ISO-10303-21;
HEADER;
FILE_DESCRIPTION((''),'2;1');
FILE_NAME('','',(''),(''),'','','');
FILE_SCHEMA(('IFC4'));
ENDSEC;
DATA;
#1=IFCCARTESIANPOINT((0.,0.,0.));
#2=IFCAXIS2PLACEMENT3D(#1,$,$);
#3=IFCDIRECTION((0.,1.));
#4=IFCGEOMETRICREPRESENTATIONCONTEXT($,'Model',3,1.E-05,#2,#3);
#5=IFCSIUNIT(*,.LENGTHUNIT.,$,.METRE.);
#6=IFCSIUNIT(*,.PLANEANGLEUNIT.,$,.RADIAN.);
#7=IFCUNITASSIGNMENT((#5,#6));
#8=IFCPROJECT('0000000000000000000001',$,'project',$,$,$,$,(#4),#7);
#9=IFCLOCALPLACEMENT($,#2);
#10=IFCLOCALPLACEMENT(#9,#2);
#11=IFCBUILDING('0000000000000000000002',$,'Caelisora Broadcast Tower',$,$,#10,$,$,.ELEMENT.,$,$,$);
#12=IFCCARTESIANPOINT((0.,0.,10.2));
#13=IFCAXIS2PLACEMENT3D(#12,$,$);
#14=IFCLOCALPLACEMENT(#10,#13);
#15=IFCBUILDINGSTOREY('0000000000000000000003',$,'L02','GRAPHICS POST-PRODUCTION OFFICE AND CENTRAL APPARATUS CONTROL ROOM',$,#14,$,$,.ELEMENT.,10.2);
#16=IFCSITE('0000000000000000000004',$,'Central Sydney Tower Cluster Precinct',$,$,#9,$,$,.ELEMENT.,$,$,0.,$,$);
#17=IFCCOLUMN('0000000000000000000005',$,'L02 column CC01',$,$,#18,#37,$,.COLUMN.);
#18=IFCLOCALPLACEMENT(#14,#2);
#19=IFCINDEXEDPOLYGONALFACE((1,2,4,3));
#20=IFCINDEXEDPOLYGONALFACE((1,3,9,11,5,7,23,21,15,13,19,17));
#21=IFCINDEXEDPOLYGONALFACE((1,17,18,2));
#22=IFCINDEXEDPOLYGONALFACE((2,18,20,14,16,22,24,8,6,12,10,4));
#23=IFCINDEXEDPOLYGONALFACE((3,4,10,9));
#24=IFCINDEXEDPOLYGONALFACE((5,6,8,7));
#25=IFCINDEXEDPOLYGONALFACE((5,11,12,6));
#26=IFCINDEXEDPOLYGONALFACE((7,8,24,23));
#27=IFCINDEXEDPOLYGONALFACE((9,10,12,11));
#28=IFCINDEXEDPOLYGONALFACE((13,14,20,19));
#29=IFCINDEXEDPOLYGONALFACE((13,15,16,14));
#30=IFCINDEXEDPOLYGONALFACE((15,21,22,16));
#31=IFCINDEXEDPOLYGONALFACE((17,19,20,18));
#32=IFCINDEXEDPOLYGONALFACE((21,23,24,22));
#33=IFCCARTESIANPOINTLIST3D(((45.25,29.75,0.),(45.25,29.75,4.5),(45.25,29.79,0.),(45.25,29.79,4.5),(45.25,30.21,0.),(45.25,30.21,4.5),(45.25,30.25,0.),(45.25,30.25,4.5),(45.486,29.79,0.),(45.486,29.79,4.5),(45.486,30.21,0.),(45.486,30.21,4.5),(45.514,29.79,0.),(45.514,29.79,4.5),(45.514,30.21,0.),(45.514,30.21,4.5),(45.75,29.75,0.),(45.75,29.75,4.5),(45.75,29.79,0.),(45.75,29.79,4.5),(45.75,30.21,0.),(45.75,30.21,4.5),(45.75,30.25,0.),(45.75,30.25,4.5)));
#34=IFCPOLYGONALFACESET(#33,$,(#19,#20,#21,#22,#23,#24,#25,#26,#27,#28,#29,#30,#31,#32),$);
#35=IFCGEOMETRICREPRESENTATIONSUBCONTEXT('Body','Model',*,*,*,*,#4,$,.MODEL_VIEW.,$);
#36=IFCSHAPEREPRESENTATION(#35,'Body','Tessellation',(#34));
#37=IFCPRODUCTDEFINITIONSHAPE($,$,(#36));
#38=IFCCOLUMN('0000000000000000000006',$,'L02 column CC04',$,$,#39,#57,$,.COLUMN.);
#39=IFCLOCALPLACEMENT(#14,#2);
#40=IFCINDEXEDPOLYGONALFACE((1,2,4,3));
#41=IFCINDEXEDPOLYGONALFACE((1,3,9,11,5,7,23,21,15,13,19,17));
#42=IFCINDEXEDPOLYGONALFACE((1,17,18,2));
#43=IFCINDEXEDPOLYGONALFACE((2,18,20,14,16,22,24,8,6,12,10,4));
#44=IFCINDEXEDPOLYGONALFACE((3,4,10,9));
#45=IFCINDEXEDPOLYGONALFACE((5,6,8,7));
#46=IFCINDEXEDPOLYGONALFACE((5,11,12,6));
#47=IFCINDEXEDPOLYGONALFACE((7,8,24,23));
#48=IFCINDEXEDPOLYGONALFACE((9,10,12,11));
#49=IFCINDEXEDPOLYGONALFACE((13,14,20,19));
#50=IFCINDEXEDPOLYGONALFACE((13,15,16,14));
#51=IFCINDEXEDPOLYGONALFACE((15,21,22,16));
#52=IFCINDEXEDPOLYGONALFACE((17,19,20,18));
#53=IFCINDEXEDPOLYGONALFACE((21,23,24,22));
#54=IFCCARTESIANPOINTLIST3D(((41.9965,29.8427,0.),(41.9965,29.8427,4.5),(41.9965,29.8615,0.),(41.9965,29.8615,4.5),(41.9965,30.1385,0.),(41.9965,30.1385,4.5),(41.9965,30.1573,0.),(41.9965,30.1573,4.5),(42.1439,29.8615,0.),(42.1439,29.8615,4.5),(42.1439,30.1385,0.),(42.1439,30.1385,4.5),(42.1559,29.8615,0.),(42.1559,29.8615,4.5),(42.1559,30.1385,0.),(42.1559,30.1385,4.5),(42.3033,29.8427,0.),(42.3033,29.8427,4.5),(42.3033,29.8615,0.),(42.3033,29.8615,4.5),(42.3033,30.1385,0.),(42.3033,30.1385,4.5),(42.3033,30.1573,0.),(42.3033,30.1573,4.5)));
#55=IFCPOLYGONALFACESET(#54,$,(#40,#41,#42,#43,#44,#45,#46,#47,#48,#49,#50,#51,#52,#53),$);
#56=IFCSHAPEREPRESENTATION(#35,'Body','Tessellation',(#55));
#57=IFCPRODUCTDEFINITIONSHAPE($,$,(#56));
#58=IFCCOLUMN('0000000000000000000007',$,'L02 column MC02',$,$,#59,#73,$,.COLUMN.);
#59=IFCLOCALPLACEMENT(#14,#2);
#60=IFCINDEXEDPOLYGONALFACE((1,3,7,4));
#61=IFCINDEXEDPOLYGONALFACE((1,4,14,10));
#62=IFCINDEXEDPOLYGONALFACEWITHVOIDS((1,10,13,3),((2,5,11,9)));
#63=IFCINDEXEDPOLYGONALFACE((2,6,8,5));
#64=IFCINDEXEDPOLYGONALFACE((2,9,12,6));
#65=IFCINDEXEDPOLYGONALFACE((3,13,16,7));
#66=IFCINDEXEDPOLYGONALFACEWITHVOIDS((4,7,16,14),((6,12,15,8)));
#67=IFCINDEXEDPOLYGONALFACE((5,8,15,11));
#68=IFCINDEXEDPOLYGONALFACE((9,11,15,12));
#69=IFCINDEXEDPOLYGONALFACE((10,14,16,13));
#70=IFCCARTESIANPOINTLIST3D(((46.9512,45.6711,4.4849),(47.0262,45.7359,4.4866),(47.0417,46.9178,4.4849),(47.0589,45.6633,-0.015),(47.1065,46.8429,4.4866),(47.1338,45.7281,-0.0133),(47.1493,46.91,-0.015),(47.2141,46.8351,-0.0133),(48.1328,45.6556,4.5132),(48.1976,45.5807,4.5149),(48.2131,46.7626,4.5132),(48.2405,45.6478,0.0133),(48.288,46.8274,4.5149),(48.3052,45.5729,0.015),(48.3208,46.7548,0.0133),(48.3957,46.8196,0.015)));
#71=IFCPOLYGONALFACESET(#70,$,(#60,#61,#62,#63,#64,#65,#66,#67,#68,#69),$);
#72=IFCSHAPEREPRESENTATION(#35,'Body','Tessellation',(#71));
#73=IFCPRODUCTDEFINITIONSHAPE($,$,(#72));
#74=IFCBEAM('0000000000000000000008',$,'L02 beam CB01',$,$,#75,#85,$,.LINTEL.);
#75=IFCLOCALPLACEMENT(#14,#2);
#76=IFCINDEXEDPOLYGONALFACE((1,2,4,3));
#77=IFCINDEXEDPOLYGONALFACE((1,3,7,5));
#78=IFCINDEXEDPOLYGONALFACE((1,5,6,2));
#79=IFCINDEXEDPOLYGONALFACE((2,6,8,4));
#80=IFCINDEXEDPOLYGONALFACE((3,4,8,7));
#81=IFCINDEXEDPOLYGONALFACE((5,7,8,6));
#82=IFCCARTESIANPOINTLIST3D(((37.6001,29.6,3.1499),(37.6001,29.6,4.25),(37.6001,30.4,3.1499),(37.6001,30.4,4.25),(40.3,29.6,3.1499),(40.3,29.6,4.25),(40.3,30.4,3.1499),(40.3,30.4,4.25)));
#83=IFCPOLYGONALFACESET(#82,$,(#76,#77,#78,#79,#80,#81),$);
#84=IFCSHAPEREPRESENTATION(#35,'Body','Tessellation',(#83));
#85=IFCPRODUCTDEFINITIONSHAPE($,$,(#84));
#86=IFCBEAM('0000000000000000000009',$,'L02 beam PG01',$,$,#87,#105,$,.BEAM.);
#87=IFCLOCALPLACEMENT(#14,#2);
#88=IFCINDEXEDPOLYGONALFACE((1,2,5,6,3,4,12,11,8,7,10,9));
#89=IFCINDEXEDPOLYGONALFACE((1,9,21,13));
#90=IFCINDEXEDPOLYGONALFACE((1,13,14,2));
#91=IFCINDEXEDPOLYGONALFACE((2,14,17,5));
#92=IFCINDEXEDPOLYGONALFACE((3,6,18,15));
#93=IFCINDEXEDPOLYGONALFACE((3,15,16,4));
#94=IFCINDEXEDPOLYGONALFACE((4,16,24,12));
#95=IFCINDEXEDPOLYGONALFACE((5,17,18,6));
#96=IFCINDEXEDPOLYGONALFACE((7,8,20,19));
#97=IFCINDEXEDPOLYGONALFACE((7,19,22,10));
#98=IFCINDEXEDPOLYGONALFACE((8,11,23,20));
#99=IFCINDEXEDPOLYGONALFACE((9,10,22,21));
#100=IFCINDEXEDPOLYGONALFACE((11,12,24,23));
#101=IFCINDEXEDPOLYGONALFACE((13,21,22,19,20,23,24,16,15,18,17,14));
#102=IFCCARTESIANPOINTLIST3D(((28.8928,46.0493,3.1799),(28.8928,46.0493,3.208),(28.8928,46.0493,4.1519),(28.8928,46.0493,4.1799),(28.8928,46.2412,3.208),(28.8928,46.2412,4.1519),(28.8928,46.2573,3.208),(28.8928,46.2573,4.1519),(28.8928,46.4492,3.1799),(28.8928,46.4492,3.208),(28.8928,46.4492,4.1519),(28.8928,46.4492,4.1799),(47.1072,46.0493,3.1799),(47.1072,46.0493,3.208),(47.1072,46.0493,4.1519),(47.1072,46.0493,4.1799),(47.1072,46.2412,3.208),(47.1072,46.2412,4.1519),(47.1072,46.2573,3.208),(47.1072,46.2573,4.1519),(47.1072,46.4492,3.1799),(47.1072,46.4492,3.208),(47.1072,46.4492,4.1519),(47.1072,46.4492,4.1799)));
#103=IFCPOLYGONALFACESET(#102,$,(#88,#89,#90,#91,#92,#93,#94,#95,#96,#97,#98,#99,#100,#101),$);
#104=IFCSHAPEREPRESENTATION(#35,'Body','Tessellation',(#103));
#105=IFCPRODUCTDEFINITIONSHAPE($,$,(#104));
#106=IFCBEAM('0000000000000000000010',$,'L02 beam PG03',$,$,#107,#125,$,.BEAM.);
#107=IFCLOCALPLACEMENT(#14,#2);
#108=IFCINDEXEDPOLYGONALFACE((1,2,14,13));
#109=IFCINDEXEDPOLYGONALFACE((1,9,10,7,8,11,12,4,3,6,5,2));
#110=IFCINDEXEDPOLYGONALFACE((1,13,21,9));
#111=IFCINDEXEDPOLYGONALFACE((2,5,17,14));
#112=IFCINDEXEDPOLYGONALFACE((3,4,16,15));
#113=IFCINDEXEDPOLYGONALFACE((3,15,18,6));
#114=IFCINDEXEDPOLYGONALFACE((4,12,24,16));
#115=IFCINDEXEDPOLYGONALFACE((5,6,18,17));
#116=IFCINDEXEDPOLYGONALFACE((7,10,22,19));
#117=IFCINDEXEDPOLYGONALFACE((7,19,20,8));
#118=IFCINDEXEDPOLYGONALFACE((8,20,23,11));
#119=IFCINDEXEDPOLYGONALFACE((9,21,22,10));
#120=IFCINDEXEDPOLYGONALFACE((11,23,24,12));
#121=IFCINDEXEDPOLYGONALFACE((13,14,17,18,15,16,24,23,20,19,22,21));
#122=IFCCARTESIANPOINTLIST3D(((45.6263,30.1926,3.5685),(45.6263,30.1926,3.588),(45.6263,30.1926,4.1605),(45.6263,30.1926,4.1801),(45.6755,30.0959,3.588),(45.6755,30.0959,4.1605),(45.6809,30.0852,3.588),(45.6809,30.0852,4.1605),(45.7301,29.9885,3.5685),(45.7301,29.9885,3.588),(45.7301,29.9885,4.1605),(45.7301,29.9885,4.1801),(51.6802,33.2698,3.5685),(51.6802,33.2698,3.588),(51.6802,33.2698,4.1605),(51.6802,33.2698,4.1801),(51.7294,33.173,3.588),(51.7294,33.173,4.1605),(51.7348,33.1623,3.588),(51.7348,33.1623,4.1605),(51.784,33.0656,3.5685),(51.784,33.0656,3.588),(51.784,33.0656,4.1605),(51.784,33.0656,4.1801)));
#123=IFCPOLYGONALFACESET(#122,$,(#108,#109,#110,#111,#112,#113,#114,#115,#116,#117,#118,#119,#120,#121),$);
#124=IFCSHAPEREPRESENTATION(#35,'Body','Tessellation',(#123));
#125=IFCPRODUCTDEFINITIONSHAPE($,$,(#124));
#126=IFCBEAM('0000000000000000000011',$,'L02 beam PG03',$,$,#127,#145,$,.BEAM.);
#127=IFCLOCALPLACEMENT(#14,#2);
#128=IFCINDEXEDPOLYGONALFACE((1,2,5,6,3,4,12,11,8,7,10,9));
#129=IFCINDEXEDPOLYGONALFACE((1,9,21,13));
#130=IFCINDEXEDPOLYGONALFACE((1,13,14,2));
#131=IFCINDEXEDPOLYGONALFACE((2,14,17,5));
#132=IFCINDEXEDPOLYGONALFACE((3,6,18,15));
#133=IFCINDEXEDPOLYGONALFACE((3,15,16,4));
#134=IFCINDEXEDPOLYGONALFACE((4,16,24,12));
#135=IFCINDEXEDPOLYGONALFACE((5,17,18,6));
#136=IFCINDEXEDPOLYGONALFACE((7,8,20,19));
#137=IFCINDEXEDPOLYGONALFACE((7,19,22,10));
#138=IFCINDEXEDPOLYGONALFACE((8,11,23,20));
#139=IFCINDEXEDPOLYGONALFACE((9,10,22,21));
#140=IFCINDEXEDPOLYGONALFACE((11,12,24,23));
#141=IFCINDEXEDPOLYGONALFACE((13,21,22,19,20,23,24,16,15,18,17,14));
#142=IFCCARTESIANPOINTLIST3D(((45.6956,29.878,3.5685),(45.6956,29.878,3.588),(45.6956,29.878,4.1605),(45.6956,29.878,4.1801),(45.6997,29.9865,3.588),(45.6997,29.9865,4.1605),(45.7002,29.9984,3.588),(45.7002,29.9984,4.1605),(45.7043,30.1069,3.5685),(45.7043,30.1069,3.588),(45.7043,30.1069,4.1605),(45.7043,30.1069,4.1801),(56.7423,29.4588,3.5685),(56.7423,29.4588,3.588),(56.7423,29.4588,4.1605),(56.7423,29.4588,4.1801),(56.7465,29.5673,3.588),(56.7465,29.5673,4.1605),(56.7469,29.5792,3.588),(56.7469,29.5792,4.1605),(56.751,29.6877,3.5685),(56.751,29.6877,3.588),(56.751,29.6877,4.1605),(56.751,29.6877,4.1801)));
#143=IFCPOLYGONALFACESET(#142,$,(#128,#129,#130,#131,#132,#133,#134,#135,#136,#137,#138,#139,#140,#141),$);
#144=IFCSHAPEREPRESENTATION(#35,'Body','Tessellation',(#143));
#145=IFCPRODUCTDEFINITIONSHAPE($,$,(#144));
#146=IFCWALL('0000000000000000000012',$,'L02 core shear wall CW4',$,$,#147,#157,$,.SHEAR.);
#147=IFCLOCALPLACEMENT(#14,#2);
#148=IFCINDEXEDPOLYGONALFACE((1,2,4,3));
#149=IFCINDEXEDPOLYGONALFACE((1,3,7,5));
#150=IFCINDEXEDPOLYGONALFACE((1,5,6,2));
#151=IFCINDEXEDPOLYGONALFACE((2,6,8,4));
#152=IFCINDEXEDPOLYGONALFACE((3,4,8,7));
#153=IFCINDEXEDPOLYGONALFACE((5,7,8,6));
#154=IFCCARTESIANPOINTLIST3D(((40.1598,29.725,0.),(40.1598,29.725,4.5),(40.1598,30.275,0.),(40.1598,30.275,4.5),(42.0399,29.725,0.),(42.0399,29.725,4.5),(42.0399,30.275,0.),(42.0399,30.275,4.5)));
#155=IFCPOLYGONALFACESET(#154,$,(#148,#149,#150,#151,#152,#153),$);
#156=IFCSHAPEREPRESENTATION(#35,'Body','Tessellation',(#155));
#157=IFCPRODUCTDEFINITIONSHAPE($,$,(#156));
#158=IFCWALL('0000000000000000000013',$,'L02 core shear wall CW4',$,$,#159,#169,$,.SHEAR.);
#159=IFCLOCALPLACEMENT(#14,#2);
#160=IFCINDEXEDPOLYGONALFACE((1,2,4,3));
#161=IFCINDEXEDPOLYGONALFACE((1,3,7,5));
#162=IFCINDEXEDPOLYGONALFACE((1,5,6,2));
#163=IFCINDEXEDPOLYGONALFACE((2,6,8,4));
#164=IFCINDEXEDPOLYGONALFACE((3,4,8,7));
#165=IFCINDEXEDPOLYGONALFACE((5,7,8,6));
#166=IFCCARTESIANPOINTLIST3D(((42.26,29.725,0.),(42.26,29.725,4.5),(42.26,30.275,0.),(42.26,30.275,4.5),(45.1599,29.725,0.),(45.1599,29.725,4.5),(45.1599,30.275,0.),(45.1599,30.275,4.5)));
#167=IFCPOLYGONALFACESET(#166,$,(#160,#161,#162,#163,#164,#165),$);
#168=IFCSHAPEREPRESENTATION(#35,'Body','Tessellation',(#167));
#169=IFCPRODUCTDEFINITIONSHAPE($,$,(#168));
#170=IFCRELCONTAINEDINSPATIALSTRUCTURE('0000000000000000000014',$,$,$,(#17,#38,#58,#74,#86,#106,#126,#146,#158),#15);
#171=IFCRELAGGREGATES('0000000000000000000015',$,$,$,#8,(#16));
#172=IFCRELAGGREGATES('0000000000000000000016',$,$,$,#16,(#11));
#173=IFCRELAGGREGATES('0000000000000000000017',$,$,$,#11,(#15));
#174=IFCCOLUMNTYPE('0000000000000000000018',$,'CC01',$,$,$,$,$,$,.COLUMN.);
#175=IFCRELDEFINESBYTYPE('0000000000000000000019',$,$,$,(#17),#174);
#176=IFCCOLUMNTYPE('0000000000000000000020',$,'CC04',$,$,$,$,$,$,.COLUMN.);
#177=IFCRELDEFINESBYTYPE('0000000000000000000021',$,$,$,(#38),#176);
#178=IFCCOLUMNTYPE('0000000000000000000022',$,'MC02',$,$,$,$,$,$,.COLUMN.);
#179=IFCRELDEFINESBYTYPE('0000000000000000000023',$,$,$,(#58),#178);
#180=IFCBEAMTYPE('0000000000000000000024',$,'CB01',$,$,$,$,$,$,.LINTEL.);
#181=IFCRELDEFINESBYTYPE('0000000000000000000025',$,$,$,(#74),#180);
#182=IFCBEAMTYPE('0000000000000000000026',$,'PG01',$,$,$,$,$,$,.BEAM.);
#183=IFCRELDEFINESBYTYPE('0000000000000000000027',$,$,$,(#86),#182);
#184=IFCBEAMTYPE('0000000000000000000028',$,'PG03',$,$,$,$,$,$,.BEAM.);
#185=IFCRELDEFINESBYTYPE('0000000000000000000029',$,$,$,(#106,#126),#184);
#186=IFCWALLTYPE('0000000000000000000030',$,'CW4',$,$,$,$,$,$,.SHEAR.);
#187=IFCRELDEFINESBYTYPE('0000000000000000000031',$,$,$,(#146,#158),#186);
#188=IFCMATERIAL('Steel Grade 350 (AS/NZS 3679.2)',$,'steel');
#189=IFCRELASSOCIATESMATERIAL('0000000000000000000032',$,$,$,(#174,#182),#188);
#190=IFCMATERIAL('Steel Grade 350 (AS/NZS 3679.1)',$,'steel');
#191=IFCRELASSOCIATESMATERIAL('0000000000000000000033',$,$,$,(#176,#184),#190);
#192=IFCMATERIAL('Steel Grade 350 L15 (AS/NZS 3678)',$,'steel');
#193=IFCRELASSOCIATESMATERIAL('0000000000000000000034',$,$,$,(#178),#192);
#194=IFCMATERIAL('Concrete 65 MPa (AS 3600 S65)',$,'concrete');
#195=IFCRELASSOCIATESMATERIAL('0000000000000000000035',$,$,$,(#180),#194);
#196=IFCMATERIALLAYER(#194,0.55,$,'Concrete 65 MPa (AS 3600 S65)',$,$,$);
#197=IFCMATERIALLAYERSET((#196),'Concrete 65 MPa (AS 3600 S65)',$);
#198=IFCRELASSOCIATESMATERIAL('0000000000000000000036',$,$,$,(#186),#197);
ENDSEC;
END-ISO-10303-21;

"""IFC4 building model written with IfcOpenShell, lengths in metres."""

from ifc_helpers import new_model, si_unit, direction, frame, frame_2d, origin, origin_2d, place, context, subcontext, project, spatial, rectangle, hollow_rectangle, i_section, extrude, source, transform, mapped, material, layer, layer_set, material_profile, profile_set, type_object, type_shapes, element, save


model = new_model("IFC4")

# Units and contexts
model_context = context("Model", 3, precision=1e-05, world=origin(), true_north=direction((0.0, 1.0)))
body_context = subcontext(model_context, "Body", "Model", "MODEL_VIEW")
ifc_project = project(units=[si_unit("LENGTHUNIT", "METRE"), si_unit("PLANEANGLEUNIT", "RADIAN")], contexts=[model_context])

# Site, building, storey
site_placement = place(None, origin())
site = spatial("IfcSite", under=ifc_project, at=site_placement, Name="Central Sydney Tower Cluster Precinct", CompositionType="ELEMENT", RefElevation=0.0)
building_placement = place(site_placement, origin())
building = spatial("IfcBuilding", under=site, at=building_placement, Name="Caelisora Broadcast Tower", CompositionType="ELEMENT")
storey_placement = place(building_placement, frame((0.0, 0.0, 10.2)))
storey = spatial("IfcBuildingStorey", under=building, at=storey_placement, Name="L02", Description="GRAPHICS POST-PRODUCTION OFFICE AND CENTRAL APPARATUS CONTROL ROOM", CompositionType="ELEMENT", Elevation=10.2)

# Columns
ifc_material_1 = material(Name="Steel Grade 350 (AS/NZS 3679.2)", Category="steel")
ifc_material_profile_1 = material_profile(ifc_material_1, i_section(OverallWidth=0.5, OverallDepth=0.5, WebThickness=0.0281, FlangeThickness=0.04, at=origin_2d()), Name="Steel Grade 350 (AS/NZS 3679.2)")
ifc_profile_set_1 = profile_set([ifc_material_profile_1], Name="Steel Grade 350 (AS/NZS 3679.2)")
column_type_1 = type_object("IfcColumnType", Name="CC01", PredefinedType="COLUMN", material=ifc_profile_set_1)
shared_shape_1 = source(origin(), body_context, "Body", "SweptSolid", [
    extrude(i_section(OverallWidth=0.5, OverallDepth=0.5, WebThickness=0.0281, FlangeThickness=0.04, at=origin_2d()), origin(), (0.0, 0.0, 1.0), 4.5),
])
type_shapes(column_type_1, [shared_shape_1])
column_1_placement = place(storey_placement, frame((45.5, 30.0, 0.0), z_axis=(0.0, 0.0, 1.0), x_axis=(1.0, 0.0, 0.0)))
element("IfcColumn", 1, at=column_1_placement, inside=storey, type_object=column_type_1, Name="L02 column CC01", PredefinedType="COLUMN", context=body_context, shape_type="MappedRepresentation", body=[
    mapped(shared_shape_1, transform((0.0, 0.0, 0.0), scale=1.0)),
])
ifc_material_2 = material(Name="Steel Grade 350 (AS/NZS 3679.1)", Category="steel")
ifc_material_profile_2 = material_profile(ifc_material_2, i_section(OverallWidth=0.3069, OverallDepth=0.3147, WebThickness=0.012, FlangeThickness=0.0188, at=origin_2d()), Name="Steel Grade 350 (AS/NZS 3679.1)")
ifc_profile_set_2 = profile_set([ifc_material_profile_2], Name="Steel Grade 350 (AS/NZS 3679.1)")
column_type_2 = type_object("IfcColumnType", Name="CC04", PredefinedType="COLUMN", material=ifc_profile_set_2)
shared_shape_2 = source(origin(), body_context, "Body", "SweptSolid", [
    extrude(i_section(OverallWidth=0.3069, OverallDepth=0.3147, WebThickness=0.012, FlangeThickness=0.0188, at=origin_2d()), origin(), (0.0, 0.0, 1.0), 4.5),
])
type_shapes(column_type_2, [shared_shape_2])
column_2_placement = place(storey_placement, frame((42.1499, 30.0, 0.0), z_axis=(0.0, 0.0, 1.0), x_axis=(1.0, 0.0, 0.0)))
element("IfcColumn", 2, at=column_2_placement, inside=storey, type_object=column_type_2, Name="L02 column CC04", PredefinedType="COLUMN", context=body_context, shape_type="MappedRepresentation", body=[
    mapped(shared_shape_2, transform((0.0, 0.0, 0.0), scale=1.0)),
])
ifc_material_3 = material(Name="Steel Grade 350 L15 (AS/NZS 3678)", Category="steel")
ifc_material_profile_3 = material_profile(ifc_material_3, hollow_rectangle(XDim=1.25, YDim=1.25, WallThickness=0.0701, at=origin_2d()), Name="Steel Grade 350 L15 (AS/NZS 3678)")
ifc_profile_set_3 = profile_set([ifc_material_profile_3], Name="Steel Grade 350 L15 (AS/NZS 3678)")
column_type_3 = type_object("IfcColumnType", Name="MC02", PredefinedType="COLUMN", material=ifc_profile_set_3)
shared_shape_3 = source(origin(), body_context, "Body", "SweptSolid", [
    extrude(hollow_rectangle(XDim=1.25, YDim=1.25, WallThickness=0.0701, at=origin_2d()), origin(), (0.0, 0.0, 1.0), 4.5012),
])
type_shapes(column_type_3, [shared_shape_3])
column_3_placement = place(storey_placement, frame((47.7273, 46.2415, 0.0), z_axis=(-0.023919, 0.001736, 0.999712), x_axis=(-0.072372, -0.997378, 0.0)))
element("IfcColumn", 3, at=column_3_placement, inside=storey, type_object=column_type_3, Name="L02 column MC02", PredefinedType="COLUMN", context=body_context, shape_type="MappedRepresentation", body=[
    mapped(shared_shape_3, transform((0.0, 0.0, 0.0), scale=1.0)),
])

# Beams
ifc_material_4 = material(Name="Concrete 65 MPa (AS 3600 S65)", Category="concrete")
ifc_material_profile_4 = material_profile(ifc_material_4, rectangle(XDim=0.8, YDim=1.1001, at=origin_2d()), Name="Concrete 65 MPa (AS 3600 S65)")
ifc_profile_set_4 = profile_set([ifc_material_profile_4], Name="Concrete 65 MPa (AS 3600 S65)")
beam_type_1 = type_object("IfcBeamType", Name="CB01", PredefinedType="LINTEL", material=ifc_profile_set_4)
shared_shape_4 = source(origin(), body_context, "Body", "SweptSolid", [
    extrude(rectangle(XDim=0.8, YDim=1.1001, at=origin_2d()), origin(), (0.0, 0.0, 1.0), 2.7),
])
type_shapes(beam_type_1, [shared_shape_4])
beam_1_placement = place(storey_placement, frame((37.6001, 30.0, 3.7), z_axis=(1.0, 0.0, 0.0), x_axis=(0.0, 1.0, 0.0)))
element("IfcBeam", 4, at=beam_1_placement, inside=storey, type_object=beam_type_1, Name="L02 beam CB01", PredefinedType="LINTEL", context=body_context, shape_type="MappedRepresentation", body=[
    mapped(shared_shape_4, transform((0.0, 0.0, 0.0), scale=1.0)),
])
ifc_material_profile_5 = material_profile(ifc_material_1, i_section(OverallWidth=0.3999, OverallDepth=1.0, WebThickness=0.0161, FlangeThickness=0.0281, at=origin_2d()), Name="Steel Grade 350 (AS/NZS 3679.2)")
ifc_profile_set_5 = profile_set([ifc_material_profile_5], Name="Steel Grade 350 (AS/NZS 3679.2)")
beam_type_2 = type_object("IfcBeamType", Name="PG01", PredefinedType="BEAM", material=ifc_profile_set_5)
shared_shape_5 = source(origin(), body_context, "Body", "SweptSolid", [
    extrude(i_section(OverallWidth=0.3999, OverallDepth=1.0, WebThickness=0.0161, FlangeThickness=0.0281, at=origin_2d()), origin(), (0.0, 0.0, 1.0), 18.2144),
])
type_shapes(beam_type_2, [shared_shape_5])
beam_2_placement = place(storey_placement, frame((47.1072, 46.2493, 3.6799), z_axis=(-1.0, 0.0, 0.0), x_axis=(0.0, -1.0, 0.0)))
element("IfcBeam", 5, at=beam_2_placement, inside=storey, type_object=beam_type_2, Name="L02 beam PG01", PredefinedType="BEAM", context=body_context, shape_type="MappedRepresentation", body=[
    mapped(shared_shape_5, transform((0.0, 0.0, 0.0), scale=1.0)),
])
ifc_material_profile_6 = material_profile(ifc_material_2, i_section(OverallWidth=0.229, OverallDepth=0.6116, WebThickness=0.012, FlangeThickness=0.0195, at=origin_2d()), Name="Steel Grade 350 (AS/NZS 3679.1)")
ifc_profile_set_6 = profile_set([ifc_material_profile_6], Name="Steel Grade 350 (AS/NZS 3679.1)")
beam_type_3 = type_object("IfcBeamType", Name="PG03", PredefinedType="BEAM", material=ifc_profile_set_6)
shared_shape_6 = source(origin(), body_context, "Body", "SweptSolid", [
    extrude(i_section(OverallWidth=0.229, OverallDepth=0.6116, WebThickness=0.012, FlangeThickness=0.0195, at=origin_2d()), origin(), (0.0, 0.0, 1.0), 6.791),
])
beam_3_placement = place(storey_placement, frame((45.6782, 30.0906, 3.8743), z_axis=(0.891453, 0.453114, 0.0), x_axis=(-0.453114, 0.891453, 0.0)))
element("IfcBeam", 6, at=beam_3_placement, inside=storey, type_object=beam_type_3, Name="L02 beam PG03", PredefinedType="BEAM", context=body_context, shape_type="MappedRepresentation", body=[
    mapped(shared_shape_6, transform((0.0, 0.0, 0.0), scale=1.0)),
])
shared_shape_7 = source(origin(), body_context, "Body", "SweptSolid", [
    extrude(i_section(OverallWidth=0.229, OverallDepth=0.6116, WebThickness=0.012, FlangeThickness=0.0195, at=origin_2d()), origin(), (0.0, 0.0, 1.0), 11.0547),
])
type_shapes(beam_type_3, [shared_shape_6, shared_shape_7])
beam_4_placement = place(storey_placement, frame((45.7, 29.9924, 3.8743), z_axis=(0.999281, -0.03792, 0.0), x_axis=(0.03792, 0.999281, 0.0)))
element("IfcBeam", 7, at=beam_4_placement, inside=storey, type_object=beam_type_3, Name="L02 beam PG03", PredefinedType="BEAM", context=body_context, shape_type="MappedRepresentation", body=[
    mapped(shared_shape_7, transform((0.0, 0.0, 0.0), scale=1.0)),
])

# Walls
ifc_layer_1 = layer(ifc_material_4, 0.55, Name="Concrete 65 MPa (AS 3600 S65)")
ifc_layer_set_1 = layer_set([ifc_layer_1], Name="Concrete 65 MPa (AS 3600 S65)")
wall_type_1 = type_object("IfcWallType", Name="CW4", PredefinedType="SHEAR", material=ifc_layer_set_1)
wall_1_placement = place(storey_placement, frame((40.1599, 30.0, 0.0), z_axis=(0.0, 0.0, 1.0), x_axis=(1.0, 0.0, 0.0)))
element("IfcWall", 8, at=wall_1_placement, inside=storey, type_object=wall_type_1, Name="L02 core shear wall CW4", PredefinedType="SHEAR", context=body_context, shape_type="SweptSolid", body=[
    extrude(rectangle(XDim=1.8801, YDim=0.55, at=frame_2d((0.9399, 0.0))), origin(), (0.0, 0.0, 1.0), 4.5),
])
wall_2_placement = place(storey_placement, frame((42.26, 30.0, 0.0), z_axis=(0.0, 0.0, 1.0), x_axis=(1.0, 0.0, 0.0)))
element("IfcWall", 9, at=wall_2_placement, inside=storey, type_object=wall_type_1, Name="L02 core shear wall CW4", PredefinedType="SHEAR", context=body_context, shape_type="SweptSolid", body=[
    extrude(rectangle(XDim=2.8999, YDim=0.55, at=frame_2d((1.45, 0.0))), origin(), (0.0, 0.0, 1.0), 4.5),
])

save(model, "model.ifc")
